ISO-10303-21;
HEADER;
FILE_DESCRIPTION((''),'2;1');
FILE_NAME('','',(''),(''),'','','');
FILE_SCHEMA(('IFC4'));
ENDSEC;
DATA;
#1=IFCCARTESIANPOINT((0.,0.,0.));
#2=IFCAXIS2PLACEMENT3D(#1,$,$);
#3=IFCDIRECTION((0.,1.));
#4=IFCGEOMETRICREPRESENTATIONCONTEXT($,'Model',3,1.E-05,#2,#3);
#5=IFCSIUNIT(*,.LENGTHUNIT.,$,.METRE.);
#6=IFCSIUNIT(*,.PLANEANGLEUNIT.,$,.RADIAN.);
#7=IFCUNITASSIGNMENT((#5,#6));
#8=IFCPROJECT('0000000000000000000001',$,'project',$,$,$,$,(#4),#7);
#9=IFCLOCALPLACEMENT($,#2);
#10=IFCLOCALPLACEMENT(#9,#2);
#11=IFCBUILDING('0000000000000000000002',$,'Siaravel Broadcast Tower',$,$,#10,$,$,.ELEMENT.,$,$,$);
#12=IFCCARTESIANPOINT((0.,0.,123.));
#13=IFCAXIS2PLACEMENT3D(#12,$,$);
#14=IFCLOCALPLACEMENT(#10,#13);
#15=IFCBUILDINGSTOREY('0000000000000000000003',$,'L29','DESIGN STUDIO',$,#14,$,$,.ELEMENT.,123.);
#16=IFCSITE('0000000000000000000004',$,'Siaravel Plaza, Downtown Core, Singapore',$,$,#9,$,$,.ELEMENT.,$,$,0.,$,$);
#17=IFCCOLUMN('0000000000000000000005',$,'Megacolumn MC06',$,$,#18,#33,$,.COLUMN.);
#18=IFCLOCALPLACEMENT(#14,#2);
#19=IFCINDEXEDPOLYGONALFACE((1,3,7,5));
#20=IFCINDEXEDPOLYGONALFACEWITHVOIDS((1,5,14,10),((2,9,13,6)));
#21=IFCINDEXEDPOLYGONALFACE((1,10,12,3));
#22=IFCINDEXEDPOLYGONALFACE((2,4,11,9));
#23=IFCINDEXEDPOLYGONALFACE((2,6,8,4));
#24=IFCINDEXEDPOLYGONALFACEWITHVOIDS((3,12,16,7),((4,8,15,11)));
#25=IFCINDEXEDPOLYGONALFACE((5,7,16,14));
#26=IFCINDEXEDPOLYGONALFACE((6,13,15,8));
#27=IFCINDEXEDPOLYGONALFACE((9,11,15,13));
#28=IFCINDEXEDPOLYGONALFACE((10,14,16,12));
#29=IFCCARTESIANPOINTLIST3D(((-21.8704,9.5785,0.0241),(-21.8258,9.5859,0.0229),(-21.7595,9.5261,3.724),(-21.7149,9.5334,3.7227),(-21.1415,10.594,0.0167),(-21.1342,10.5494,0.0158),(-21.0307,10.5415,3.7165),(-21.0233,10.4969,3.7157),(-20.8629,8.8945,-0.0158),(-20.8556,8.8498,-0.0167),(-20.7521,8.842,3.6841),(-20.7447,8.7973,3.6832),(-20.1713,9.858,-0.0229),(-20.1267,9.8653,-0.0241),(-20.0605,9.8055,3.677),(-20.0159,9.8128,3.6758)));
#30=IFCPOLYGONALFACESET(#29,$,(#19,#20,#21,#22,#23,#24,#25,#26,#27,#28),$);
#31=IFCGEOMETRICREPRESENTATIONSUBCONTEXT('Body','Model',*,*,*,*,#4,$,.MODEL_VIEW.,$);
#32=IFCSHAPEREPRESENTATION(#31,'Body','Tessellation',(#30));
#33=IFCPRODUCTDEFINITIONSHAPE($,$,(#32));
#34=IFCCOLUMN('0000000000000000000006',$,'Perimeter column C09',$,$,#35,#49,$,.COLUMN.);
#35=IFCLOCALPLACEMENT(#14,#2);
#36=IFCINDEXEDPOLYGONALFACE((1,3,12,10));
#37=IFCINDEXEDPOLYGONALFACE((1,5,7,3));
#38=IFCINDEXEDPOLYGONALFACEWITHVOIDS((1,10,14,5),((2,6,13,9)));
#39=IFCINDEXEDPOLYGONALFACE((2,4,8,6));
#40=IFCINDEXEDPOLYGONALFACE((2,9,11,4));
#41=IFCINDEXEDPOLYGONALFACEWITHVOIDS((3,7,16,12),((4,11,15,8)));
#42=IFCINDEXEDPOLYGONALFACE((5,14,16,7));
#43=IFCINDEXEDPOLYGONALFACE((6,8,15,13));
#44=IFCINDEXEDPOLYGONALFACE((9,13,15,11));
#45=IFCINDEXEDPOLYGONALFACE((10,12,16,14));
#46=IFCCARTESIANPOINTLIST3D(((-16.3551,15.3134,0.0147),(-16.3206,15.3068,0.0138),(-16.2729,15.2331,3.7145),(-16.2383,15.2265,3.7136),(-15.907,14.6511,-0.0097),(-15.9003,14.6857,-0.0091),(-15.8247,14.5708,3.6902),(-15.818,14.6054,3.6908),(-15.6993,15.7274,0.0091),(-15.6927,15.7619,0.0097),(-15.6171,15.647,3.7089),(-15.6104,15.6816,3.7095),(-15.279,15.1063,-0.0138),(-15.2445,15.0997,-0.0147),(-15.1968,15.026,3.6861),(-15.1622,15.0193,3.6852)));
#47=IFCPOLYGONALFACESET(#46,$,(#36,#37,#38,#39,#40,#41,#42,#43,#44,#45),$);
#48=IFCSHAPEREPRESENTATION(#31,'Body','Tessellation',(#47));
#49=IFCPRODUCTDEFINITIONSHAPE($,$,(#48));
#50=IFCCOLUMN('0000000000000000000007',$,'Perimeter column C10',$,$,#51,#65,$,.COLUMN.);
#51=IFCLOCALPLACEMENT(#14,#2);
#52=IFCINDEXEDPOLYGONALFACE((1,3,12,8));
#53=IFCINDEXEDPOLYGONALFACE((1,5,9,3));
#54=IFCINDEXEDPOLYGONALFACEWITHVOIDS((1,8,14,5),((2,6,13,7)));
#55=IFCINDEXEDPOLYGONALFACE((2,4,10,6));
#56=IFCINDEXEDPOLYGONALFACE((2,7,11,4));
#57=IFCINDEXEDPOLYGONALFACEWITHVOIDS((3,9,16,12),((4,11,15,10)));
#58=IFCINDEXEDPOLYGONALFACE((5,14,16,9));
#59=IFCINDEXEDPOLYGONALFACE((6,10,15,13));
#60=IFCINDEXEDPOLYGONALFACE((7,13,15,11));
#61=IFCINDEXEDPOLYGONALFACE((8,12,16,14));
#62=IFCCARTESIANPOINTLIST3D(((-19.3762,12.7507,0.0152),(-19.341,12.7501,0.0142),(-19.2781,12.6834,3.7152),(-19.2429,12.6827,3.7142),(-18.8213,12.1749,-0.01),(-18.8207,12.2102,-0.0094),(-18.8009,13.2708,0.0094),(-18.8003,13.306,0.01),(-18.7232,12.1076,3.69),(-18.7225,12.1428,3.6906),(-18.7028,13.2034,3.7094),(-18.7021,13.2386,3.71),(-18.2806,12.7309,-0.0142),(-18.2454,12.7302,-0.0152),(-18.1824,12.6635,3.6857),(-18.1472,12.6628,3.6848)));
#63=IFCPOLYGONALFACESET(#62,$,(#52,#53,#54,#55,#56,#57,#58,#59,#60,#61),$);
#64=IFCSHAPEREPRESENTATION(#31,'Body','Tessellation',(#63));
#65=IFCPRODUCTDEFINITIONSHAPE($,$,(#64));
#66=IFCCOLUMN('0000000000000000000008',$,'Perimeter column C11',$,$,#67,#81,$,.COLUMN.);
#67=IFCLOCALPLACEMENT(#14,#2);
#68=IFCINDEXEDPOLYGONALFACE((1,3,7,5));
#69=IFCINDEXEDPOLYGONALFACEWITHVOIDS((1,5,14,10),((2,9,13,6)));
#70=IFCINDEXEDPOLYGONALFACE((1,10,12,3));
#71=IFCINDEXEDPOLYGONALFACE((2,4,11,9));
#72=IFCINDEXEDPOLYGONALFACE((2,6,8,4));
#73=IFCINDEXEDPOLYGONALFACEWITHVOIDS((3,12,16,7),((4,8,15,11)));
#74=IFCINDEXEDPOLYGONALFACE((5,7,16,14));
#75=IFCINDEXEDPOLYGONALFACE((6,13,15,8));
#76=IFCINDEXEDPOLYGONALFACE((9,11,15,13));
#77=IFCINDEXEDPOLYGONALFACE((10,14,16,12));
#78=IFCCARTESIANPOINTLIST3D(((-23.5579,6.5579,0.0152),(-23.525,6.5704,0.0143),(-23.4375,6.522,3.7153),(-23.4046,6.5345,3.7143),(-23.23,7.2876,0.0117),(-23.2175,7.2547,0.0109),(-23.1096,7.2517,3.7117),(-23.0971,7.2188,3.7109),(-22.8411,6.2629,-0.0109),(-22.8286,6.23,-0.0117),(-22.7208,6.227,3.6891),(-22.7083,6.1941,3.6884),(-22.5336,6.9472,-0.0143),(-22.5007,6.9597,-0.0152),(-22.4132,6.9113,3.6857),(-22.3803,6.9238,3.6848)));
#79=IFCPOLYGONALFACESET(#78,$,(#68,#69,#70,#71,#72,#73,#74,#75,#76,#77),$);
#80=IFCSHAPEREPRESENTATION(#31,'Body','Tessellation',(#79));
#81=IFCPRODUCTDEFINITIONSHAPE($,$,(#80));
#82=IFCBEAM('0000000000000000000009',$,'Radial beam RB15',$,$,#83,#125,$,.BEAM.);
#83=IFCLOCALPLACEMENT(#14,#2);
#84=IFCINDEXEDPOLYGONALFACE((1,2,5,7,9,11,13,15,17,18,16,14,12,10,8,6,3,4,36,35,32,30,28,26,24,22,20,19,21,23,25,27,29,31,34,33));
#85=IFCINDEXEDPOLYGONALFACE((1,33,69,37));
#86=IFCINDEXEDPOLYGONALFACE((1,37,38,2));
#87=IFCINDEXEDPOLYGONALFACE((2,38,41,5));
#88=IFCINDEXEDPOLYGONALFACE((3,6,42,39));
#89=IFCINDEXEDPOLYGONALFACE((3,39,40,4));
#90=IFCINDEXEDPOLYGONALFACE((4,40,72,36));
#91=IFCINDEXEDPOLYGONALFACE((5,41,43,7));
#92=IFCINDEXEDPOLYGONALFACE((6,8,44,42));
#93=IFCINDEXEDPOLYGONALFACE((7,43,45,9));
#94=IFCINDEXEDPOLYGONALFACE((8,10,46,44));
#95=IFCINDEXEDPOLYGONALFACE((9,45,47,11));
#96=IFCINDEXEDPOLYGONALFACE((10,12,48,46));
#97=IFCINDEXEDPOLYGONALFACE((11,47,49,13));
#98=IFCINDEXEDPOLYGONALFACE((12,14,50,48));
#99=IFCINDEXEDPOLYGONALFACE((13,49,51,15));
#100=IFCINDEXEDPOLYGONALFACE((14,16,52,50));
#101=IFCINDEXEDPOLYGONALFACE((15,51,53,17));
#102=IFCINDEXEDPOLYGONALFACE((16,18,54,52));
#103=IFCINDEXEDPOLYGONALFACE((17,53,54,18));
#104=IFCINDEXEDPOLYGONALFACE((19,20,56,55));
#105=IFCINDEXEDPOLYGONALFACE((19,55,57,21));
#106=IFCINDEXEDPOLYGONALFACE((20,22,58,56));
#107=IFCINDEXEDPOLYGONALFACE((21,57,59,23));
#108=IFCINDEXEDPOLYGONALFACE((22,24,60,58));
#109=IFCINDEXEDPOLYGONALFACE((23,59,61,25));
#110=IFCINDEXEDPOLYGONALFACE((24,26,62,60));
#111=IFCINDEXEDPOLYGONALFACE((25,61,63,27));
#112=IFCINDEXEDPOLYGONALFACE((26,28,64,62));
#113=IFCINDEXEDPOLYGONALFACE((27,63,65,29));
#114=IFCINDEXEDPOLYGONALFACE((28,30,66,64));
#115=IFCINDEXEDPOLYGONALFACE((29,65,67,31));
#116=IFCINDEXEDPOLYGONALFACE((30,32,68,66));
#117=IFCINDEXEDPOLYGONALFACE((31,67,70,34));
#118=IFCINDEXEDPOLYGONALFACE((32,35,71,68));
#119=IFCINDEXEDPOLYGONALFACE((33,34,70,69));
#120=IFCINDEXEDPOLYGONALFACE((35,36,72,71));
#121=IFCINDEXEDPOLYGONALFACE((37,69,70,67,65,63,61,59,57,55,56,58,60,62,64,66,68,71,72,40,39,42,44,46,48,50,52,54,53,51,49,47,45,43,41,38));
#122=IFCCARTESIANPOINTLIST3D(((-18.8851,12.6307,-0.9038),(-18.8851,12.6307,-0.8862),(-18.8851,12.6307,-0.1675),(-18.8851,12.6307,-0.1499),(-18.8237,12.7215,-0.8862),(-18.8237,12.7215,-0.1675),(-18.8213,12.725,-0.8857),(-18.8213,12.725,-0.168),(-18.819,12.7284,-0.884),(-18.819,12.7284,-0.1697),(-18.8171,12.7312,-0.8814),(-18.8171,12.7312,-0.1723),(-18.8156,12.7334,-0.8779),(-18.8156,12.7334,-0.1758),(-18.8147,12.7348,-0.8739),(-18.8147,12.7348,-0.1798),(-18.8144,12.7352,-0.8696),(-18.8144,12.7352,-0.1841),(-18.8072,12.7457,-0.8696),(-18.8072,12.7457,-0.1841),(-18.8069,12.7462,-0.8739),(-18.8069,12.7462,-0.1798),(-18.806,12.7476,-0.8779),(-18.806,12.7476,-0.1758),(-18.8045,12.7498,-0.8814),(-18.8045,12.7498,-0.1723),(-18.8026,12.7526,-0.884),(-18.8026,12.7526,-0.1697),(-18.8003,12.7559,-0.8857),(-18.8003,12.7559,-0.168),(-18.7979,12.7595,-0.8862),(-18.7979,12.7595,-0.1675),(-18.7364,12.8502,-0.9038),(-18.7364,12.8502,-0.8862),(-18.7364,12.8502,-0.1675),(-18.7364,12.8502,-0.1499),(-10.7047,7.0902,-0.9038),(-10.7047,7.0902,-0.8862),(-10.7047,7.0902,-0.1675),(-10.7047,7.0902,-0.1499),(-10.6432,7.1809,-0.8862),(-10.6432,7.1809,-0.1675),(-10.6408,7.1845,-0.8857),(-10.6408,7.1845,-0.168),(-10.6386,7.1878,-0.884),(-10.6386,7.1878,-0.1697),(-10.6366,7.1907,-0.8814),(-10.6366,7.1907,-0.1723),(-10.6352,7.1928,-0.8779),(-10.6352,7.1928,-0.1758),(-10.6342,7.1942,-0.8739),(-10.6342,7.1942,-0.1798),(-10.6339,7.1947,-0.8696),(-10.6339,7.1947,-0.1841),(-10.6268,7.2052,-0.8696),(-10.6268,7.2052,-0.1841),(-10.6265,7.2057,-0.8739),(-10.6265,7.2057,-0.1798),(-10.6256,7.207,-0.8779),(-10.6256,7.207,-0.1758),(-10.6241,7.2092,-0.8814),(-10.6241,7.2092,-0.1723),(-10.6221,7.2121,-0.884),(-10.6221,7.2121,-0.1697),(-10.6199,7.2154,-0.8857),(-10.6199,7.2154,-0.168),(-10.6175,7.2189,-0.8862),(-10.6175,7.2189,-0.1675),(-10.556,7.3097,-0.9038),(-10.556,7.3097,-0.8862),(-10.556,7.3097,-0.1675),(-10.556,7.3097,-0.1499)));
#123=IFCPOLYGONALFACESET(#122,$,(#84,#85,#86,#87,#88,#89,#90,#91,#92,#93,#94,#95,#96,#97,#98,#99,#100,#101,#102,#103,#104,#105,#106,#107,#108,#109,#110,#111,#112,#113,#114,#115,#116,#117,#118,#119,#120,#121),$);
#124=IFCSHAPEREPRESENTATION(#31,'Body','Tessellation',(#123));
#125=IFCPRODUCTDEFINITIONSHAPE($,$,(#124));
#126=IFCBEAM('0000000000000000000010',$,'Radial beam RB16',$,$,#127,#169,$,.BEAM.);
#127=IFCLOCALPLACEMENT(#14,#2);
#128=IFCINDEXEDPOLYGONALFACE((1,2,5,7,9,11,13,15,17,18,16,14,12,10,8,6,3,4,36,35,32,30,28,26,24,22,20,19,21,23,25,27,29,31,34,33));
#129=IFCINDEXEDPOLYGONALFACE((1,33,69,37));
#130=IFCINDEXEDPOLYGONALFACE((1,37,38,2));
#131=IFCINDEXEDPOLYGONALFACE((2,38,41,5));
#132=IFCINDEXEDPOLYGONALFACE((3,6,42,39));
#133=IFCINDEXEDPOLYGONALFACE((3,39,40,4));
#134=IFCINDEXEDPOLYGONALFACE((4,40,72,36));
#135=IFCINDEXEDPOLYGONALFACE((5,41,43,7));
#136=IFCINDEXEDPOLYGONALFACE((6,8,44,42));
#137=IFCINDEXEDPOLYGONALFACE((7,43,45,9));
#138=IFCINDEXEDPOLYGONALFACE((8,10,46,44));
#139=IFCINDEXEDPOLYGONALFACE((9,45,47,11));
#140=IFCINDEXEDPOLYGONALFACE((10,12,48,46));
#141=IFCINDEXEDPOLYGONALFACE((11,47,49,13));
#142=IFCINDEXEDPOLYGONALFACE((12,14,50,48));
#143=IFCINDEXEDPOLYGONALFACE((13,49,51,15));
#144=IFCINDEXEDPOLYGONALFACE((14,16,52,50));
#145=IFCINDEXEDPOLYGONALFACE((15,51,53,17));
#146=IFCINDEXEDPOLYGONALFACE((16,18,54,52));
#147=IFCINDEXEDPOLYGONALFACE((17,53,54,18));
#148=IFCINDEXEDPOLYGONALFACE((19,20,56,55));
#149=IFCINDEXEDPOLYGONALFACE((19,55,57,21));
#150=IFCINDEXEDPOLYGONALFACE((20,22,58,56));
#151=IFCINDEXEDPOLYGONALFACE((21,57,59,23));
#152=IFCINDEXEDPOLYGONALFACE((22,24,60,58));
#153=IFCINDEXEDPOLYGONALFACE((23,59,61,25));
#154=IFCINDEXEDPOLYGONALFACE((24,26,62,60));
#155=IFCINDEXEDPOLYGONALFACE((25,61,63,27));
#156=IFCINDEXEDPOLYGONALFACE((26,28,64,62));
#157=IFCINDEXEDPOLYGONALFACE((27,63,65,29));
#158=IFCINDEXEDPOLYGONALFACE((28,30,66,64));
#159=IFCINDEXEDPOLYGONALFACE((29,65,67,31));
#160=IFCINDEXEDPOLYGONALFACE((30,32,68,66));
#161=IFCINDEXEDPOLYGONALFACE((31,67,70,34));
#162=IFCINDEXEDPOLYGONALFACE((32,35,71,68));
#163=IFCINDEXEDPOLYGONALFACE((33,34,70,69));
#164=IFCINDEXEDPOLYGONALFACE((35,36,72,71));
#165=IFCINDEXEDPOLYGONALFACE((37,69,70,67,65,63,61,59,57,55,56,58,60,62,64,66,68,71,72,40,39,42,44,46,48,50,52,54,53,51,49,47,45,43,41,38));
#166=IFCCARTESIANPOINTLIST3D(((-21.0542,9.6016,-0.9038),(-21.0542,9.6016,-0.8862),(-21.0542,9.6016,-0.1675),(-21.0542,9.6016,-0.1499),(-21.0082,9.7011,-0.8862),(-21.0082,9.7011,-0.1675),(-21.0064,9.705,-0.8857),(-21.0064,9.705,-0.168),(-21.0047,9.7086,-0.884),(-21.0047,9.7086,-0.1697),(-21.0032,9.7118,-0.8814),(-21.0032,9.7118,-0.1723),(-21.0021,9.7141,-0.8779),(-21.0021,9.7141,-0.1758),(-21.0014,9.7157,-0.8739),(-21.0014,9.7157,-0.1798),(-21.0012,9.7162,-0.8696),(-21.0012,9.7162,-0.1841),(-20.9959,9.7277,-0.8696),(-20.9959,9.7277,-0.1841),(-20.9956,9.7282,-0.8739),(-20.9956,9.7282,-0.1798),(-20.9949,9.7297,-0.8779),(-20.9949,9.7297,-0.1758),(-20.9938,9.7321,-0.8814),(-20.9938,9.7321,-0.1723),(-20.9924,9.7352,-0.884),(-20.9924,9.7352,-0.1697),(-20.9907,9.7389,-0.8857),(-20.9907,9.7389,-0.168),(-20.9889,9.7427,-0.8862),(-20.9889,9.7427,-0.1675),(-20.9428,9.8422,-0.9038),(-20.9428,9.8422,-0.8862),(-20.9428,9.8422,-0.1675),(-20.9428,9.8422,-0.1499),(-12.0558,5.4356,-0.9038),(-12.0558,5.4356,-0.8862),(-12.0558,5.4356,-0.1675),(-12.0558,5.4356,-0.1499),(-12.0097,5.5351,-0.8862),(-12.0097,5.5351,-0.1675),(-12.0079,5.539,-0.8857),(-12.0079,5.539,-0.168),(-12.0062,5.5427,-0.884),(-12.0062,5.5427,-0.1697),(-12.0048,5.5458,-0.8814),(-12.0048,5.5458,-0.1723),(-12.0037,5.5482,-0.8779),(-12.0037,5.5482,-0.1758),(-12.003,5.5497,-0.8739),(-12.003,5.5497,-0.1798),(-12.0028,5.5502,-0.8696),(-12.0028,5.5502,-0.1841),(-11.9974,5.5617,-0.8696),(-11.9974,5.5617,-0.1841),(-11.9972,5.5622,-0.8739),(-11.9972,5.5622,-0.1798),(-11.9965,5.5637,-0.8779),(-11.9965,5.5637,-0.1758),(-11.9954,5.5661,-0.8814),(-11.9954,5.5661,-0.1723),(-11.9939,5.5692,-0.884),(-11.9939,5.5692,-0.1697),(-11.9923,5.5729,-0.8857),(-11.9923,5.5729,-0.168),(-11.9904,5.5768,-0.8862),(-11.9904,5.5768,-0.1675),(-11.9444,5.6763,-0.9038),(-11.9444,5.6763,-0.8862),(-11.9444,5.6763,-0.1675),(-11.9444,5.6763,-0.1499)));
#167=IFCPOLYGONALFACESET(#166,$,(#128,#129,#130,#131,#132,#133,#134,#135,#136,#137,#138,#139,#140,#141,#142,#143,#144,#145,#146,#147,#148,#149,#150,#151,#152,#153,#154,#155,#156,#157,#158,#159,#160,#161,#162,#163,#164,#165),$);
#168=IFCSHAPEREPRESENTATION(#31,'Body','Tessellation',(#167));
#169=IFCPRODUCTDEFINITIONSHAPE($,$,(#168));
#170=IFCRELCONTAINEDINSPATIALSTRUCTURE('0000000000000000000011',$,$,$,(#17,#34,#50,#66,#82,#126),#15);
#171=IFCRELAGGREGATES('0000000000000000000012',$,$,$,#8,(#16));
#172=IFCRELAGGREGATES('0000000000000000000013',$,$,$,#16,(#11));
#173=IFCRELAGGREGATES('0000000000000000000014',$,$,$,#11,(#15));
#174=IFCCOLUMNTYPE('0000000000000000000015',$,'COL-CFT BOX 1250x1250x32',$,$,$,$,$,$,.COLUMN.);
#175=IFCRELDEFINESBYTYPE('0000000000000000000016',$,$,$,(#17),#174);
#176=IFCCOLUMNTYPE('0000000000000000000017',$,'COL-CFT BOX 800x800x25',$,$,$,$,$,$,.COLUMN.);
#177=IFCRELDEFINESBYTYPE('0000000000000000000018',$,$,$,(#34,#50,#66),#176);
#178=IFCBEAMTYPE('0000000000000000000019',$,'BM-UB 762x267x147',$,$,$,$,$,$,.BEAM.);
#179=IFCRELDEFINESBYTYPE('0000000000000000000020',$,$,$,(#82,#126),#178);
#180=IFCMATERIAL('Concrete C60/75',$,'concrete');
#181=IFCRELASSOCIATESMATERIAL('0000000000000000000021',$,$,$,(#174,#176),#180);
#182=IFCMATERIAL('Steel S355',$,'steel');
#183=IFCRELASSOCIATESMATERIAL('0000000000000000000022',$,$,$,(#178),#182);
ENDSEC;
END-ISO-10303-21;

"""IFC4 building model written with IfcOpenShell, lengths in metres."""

from ifc_helpers import new_model, si_unit, direction, frame, origin, origin_2d, place, context, subcontext, project, spatial, hollow_rectangle, i_section, extrude, material, material_profile, profile_set, type_object, element, save


model = new_model("IFC4")

# Units and contexts
model_context = context("Model", 3, precision=1e-05, world=origin(), true_north=direction((0.0, 1.0)))
body_context = subcontext(model_context, "Body", "Model", "MODEL_VIEW")
ifc_project = project(units=[si_unit("LENGTHUNIT", "METRE"), si_unit("PLANEANGLEUNIT", "RADIAN")], contexts=[model_context])

# Site, building, storey
site_placement = place(None, origin())
site = spatial("IfcSite", under=ifc_project, at=site_placement, Name="Siaravel Plaza, Downtown Core, Singapore", CompositionType="ELEMENT", RefElevation=0.0)
building_placement = place(site_placement, origin())
building = spatial("IfcBuilding", under=site, at=building_placement, Name="Siaravel Broadcast Tower", CompositionType="ELEMENT")
storey_placement = place(building_placement, frame((0.0, 0.0, 123.0)))
storey = spatial("IfcBuildingStorey", under=building, at=storey_placement, Name="L29", Description="DESIGN STUDIO", CompositionType="ELEMENT", Elevation=123.0)

# Columns
ifc_material_1 = material(Name="Concrete C60/75", Category="concrete")
ifc_material_profile_1 = material_profile(ifc_material_1, hollow_rectangle(XDim=1.25, YDim=1.25, WallThickness=0.032, at=origin_2d()))
ifc_profile_set_1 = profile_set([ifc_material_profile_1], Name="Concrete C60/75")
column_type_1 = type_object("IfcColumnType", Name="COL-CFT BOX 1250x1250x32", PredefinedType="COLUMN", material=ifc_profile_set_1)
column_1_placement = place(storey_placement, frame((-20.9985, 9.7219, 0.0), z_axis=(0.029941, -0.014179, 0.999451), x_axis=(0.583108, 0.812373, -0.005943)))
element("IfcColumn", 1, at=column_1_placement, inside=storey, type_object=column_type_1, Name="Megacolumn MC06", PredefinedType="COLUMN", context=body_context, shape_type="SweptSolid", body=[
    extrude(hollow_rectangle(XDim=1.25, YDim=1.25, WallThickness=0.032, at=origin_2d()), origin(), (0.0, 0.0, 1.0), 3.7019),
])
ifc_material_profile_2 = material_profile(ifc_material_1, hollow_rectangle(XDim=0.8, YDim=0.8, WallThickness=0.0249, at=origin_2d()))
ifc_profile_set_2 = profile_set([ifc_material_profile_2], Name="Concrete C60/75")
column_type_2 = type_object("IfcColumnType", Name="COL-CFT BOX 800x800x25", PredefinedType="COLUMN", material=ifc_profile_set_2)
column_2_placement = place(storey_placement, frame((-15.7998, 15.2065, 0.0), z_axis=(0.022226, -0.021699, 0.999517), x_axis=(0.828057, 0.560609, -0.006243)))
element("IfcColumn", 2, at=column_2_placement, inside=storey, type_object=column_type_2, Name="Perimeter column C09", PredefinedType="COLUMN", context=body_context, shape_type="SweptSolid", body=[
    extrude(hollow_rectangle(XDim=0.8, YDim=0.8, WallThickness=0.0249, at=origin_2d()), origin(), (0.0, 0.0, 1.0), 3.7017),
])
column_3_placement = place(storey_placement, frame((-18.8108, 12.7405, 0.0), z_axis=(0.026512, -0.018202, 0.999483), x_axis=(0.719899, 0.694049, -0.006456)))
element("IfcColumn", 3, at=column_3_placement, inside=storey, type_object=column_type_2, Name="Perimeter column C10", PredefinedType="COLUMN", context=body_context, shape_type="SweptSolid", body=[
    extrude(hollow_rectangle(XDim=0.8, YDim=0.8, WallThickness=0.0249, at=origin_2d()), origin(), (0.0, 0.0, 1.0), 3.7019),
])
column_4_placement = place(storey_placement, frame((-23.0293, 6.7588, 0.0), z_axis=(0.032512, -0.009694, 0.999424), x_axis=(0.409917, 0.912112, -0.004488)))
element("IfcColumn", 4, at=column_4_placement, inside=storey, type_object=column_type_2, Name="Perimeter column C11", PredefinedType="COLUMN", context=body_context, shape_type="SweptSolid", body=[
    extrude(hollow_rectangle(XDim=0.8, YDim=0.8, WallThickness=0.0249, at=origin_2d()), origin(), (0.0, 0.0, 1.0), 3.7021),
])

# Beams
ifc_material_2 = material(Name="Steel S355", Category="steel")
ifc_material_profile_3 = material_profile(ifc_material_2, i_section(OverallWidth=0.2651, OverallDepth=0.7539, WebThickness=0.0127, FlangeThickness=0.0176, FilletRadius=0.0166, at=origin_2d()))
ifc_profile_set_3 = profile_set([ifc_material_profile_3], Name="Steel S355")
beam_type = type_object("IfcBeamType", Name="BM-UB 762x267x147", PredefinedType="BEAM", material=ifc_profile_set_3)
beam_1_placement = place(storey_placement, frame((-18.8108, 12.7405, -0.5269), z_axis=(0.827968, -0.560775, 0.0), x_axis=(0.560775, 0.827968, 0.0)))
element("IfcBeam", 5, at=beam_1_placement, inside=storey, type_object=beam_type, Name="Radial beam RB15", PredefinedType="BEAM", context=body_context, shape_type="SweptSolid", body=[
    extrude(i_section(OverallWidth=0.2651, OverallDepth=0.7539, WebThickness=0.0127, FlangeThickness=0.0176, FilletRadius=0.0166, at=origin_2d()), origin(), (0.0, 0.0, 1.0), 9.8801),
])
beam_2_placement = place(storey_placement, frame((-20.9985, 9.7219, -0.5269), z_axis=(0.907466, -0.420126, 0.0), x_axis=(0.420126, 0.907466, 0.0)))
element("IfcBeam", 6, at=beam_2_placement, inside=storey, type_object=beam_type, Name="Radial beam RB16", PredefinedType="BEAM", context=body_context, shape_type="SweptSolid", body=[
    extrude(i_section(OverallWidth=0.2651, OverallDepth=0.7539, WebThickness=0.0127, FlangeThickness=0.0176, FilletRadius=0.0166, at=origin_2d()), origin(), (0.0, 0.0, 1.0), 9.916),
])

save(model, "model.ifc")
